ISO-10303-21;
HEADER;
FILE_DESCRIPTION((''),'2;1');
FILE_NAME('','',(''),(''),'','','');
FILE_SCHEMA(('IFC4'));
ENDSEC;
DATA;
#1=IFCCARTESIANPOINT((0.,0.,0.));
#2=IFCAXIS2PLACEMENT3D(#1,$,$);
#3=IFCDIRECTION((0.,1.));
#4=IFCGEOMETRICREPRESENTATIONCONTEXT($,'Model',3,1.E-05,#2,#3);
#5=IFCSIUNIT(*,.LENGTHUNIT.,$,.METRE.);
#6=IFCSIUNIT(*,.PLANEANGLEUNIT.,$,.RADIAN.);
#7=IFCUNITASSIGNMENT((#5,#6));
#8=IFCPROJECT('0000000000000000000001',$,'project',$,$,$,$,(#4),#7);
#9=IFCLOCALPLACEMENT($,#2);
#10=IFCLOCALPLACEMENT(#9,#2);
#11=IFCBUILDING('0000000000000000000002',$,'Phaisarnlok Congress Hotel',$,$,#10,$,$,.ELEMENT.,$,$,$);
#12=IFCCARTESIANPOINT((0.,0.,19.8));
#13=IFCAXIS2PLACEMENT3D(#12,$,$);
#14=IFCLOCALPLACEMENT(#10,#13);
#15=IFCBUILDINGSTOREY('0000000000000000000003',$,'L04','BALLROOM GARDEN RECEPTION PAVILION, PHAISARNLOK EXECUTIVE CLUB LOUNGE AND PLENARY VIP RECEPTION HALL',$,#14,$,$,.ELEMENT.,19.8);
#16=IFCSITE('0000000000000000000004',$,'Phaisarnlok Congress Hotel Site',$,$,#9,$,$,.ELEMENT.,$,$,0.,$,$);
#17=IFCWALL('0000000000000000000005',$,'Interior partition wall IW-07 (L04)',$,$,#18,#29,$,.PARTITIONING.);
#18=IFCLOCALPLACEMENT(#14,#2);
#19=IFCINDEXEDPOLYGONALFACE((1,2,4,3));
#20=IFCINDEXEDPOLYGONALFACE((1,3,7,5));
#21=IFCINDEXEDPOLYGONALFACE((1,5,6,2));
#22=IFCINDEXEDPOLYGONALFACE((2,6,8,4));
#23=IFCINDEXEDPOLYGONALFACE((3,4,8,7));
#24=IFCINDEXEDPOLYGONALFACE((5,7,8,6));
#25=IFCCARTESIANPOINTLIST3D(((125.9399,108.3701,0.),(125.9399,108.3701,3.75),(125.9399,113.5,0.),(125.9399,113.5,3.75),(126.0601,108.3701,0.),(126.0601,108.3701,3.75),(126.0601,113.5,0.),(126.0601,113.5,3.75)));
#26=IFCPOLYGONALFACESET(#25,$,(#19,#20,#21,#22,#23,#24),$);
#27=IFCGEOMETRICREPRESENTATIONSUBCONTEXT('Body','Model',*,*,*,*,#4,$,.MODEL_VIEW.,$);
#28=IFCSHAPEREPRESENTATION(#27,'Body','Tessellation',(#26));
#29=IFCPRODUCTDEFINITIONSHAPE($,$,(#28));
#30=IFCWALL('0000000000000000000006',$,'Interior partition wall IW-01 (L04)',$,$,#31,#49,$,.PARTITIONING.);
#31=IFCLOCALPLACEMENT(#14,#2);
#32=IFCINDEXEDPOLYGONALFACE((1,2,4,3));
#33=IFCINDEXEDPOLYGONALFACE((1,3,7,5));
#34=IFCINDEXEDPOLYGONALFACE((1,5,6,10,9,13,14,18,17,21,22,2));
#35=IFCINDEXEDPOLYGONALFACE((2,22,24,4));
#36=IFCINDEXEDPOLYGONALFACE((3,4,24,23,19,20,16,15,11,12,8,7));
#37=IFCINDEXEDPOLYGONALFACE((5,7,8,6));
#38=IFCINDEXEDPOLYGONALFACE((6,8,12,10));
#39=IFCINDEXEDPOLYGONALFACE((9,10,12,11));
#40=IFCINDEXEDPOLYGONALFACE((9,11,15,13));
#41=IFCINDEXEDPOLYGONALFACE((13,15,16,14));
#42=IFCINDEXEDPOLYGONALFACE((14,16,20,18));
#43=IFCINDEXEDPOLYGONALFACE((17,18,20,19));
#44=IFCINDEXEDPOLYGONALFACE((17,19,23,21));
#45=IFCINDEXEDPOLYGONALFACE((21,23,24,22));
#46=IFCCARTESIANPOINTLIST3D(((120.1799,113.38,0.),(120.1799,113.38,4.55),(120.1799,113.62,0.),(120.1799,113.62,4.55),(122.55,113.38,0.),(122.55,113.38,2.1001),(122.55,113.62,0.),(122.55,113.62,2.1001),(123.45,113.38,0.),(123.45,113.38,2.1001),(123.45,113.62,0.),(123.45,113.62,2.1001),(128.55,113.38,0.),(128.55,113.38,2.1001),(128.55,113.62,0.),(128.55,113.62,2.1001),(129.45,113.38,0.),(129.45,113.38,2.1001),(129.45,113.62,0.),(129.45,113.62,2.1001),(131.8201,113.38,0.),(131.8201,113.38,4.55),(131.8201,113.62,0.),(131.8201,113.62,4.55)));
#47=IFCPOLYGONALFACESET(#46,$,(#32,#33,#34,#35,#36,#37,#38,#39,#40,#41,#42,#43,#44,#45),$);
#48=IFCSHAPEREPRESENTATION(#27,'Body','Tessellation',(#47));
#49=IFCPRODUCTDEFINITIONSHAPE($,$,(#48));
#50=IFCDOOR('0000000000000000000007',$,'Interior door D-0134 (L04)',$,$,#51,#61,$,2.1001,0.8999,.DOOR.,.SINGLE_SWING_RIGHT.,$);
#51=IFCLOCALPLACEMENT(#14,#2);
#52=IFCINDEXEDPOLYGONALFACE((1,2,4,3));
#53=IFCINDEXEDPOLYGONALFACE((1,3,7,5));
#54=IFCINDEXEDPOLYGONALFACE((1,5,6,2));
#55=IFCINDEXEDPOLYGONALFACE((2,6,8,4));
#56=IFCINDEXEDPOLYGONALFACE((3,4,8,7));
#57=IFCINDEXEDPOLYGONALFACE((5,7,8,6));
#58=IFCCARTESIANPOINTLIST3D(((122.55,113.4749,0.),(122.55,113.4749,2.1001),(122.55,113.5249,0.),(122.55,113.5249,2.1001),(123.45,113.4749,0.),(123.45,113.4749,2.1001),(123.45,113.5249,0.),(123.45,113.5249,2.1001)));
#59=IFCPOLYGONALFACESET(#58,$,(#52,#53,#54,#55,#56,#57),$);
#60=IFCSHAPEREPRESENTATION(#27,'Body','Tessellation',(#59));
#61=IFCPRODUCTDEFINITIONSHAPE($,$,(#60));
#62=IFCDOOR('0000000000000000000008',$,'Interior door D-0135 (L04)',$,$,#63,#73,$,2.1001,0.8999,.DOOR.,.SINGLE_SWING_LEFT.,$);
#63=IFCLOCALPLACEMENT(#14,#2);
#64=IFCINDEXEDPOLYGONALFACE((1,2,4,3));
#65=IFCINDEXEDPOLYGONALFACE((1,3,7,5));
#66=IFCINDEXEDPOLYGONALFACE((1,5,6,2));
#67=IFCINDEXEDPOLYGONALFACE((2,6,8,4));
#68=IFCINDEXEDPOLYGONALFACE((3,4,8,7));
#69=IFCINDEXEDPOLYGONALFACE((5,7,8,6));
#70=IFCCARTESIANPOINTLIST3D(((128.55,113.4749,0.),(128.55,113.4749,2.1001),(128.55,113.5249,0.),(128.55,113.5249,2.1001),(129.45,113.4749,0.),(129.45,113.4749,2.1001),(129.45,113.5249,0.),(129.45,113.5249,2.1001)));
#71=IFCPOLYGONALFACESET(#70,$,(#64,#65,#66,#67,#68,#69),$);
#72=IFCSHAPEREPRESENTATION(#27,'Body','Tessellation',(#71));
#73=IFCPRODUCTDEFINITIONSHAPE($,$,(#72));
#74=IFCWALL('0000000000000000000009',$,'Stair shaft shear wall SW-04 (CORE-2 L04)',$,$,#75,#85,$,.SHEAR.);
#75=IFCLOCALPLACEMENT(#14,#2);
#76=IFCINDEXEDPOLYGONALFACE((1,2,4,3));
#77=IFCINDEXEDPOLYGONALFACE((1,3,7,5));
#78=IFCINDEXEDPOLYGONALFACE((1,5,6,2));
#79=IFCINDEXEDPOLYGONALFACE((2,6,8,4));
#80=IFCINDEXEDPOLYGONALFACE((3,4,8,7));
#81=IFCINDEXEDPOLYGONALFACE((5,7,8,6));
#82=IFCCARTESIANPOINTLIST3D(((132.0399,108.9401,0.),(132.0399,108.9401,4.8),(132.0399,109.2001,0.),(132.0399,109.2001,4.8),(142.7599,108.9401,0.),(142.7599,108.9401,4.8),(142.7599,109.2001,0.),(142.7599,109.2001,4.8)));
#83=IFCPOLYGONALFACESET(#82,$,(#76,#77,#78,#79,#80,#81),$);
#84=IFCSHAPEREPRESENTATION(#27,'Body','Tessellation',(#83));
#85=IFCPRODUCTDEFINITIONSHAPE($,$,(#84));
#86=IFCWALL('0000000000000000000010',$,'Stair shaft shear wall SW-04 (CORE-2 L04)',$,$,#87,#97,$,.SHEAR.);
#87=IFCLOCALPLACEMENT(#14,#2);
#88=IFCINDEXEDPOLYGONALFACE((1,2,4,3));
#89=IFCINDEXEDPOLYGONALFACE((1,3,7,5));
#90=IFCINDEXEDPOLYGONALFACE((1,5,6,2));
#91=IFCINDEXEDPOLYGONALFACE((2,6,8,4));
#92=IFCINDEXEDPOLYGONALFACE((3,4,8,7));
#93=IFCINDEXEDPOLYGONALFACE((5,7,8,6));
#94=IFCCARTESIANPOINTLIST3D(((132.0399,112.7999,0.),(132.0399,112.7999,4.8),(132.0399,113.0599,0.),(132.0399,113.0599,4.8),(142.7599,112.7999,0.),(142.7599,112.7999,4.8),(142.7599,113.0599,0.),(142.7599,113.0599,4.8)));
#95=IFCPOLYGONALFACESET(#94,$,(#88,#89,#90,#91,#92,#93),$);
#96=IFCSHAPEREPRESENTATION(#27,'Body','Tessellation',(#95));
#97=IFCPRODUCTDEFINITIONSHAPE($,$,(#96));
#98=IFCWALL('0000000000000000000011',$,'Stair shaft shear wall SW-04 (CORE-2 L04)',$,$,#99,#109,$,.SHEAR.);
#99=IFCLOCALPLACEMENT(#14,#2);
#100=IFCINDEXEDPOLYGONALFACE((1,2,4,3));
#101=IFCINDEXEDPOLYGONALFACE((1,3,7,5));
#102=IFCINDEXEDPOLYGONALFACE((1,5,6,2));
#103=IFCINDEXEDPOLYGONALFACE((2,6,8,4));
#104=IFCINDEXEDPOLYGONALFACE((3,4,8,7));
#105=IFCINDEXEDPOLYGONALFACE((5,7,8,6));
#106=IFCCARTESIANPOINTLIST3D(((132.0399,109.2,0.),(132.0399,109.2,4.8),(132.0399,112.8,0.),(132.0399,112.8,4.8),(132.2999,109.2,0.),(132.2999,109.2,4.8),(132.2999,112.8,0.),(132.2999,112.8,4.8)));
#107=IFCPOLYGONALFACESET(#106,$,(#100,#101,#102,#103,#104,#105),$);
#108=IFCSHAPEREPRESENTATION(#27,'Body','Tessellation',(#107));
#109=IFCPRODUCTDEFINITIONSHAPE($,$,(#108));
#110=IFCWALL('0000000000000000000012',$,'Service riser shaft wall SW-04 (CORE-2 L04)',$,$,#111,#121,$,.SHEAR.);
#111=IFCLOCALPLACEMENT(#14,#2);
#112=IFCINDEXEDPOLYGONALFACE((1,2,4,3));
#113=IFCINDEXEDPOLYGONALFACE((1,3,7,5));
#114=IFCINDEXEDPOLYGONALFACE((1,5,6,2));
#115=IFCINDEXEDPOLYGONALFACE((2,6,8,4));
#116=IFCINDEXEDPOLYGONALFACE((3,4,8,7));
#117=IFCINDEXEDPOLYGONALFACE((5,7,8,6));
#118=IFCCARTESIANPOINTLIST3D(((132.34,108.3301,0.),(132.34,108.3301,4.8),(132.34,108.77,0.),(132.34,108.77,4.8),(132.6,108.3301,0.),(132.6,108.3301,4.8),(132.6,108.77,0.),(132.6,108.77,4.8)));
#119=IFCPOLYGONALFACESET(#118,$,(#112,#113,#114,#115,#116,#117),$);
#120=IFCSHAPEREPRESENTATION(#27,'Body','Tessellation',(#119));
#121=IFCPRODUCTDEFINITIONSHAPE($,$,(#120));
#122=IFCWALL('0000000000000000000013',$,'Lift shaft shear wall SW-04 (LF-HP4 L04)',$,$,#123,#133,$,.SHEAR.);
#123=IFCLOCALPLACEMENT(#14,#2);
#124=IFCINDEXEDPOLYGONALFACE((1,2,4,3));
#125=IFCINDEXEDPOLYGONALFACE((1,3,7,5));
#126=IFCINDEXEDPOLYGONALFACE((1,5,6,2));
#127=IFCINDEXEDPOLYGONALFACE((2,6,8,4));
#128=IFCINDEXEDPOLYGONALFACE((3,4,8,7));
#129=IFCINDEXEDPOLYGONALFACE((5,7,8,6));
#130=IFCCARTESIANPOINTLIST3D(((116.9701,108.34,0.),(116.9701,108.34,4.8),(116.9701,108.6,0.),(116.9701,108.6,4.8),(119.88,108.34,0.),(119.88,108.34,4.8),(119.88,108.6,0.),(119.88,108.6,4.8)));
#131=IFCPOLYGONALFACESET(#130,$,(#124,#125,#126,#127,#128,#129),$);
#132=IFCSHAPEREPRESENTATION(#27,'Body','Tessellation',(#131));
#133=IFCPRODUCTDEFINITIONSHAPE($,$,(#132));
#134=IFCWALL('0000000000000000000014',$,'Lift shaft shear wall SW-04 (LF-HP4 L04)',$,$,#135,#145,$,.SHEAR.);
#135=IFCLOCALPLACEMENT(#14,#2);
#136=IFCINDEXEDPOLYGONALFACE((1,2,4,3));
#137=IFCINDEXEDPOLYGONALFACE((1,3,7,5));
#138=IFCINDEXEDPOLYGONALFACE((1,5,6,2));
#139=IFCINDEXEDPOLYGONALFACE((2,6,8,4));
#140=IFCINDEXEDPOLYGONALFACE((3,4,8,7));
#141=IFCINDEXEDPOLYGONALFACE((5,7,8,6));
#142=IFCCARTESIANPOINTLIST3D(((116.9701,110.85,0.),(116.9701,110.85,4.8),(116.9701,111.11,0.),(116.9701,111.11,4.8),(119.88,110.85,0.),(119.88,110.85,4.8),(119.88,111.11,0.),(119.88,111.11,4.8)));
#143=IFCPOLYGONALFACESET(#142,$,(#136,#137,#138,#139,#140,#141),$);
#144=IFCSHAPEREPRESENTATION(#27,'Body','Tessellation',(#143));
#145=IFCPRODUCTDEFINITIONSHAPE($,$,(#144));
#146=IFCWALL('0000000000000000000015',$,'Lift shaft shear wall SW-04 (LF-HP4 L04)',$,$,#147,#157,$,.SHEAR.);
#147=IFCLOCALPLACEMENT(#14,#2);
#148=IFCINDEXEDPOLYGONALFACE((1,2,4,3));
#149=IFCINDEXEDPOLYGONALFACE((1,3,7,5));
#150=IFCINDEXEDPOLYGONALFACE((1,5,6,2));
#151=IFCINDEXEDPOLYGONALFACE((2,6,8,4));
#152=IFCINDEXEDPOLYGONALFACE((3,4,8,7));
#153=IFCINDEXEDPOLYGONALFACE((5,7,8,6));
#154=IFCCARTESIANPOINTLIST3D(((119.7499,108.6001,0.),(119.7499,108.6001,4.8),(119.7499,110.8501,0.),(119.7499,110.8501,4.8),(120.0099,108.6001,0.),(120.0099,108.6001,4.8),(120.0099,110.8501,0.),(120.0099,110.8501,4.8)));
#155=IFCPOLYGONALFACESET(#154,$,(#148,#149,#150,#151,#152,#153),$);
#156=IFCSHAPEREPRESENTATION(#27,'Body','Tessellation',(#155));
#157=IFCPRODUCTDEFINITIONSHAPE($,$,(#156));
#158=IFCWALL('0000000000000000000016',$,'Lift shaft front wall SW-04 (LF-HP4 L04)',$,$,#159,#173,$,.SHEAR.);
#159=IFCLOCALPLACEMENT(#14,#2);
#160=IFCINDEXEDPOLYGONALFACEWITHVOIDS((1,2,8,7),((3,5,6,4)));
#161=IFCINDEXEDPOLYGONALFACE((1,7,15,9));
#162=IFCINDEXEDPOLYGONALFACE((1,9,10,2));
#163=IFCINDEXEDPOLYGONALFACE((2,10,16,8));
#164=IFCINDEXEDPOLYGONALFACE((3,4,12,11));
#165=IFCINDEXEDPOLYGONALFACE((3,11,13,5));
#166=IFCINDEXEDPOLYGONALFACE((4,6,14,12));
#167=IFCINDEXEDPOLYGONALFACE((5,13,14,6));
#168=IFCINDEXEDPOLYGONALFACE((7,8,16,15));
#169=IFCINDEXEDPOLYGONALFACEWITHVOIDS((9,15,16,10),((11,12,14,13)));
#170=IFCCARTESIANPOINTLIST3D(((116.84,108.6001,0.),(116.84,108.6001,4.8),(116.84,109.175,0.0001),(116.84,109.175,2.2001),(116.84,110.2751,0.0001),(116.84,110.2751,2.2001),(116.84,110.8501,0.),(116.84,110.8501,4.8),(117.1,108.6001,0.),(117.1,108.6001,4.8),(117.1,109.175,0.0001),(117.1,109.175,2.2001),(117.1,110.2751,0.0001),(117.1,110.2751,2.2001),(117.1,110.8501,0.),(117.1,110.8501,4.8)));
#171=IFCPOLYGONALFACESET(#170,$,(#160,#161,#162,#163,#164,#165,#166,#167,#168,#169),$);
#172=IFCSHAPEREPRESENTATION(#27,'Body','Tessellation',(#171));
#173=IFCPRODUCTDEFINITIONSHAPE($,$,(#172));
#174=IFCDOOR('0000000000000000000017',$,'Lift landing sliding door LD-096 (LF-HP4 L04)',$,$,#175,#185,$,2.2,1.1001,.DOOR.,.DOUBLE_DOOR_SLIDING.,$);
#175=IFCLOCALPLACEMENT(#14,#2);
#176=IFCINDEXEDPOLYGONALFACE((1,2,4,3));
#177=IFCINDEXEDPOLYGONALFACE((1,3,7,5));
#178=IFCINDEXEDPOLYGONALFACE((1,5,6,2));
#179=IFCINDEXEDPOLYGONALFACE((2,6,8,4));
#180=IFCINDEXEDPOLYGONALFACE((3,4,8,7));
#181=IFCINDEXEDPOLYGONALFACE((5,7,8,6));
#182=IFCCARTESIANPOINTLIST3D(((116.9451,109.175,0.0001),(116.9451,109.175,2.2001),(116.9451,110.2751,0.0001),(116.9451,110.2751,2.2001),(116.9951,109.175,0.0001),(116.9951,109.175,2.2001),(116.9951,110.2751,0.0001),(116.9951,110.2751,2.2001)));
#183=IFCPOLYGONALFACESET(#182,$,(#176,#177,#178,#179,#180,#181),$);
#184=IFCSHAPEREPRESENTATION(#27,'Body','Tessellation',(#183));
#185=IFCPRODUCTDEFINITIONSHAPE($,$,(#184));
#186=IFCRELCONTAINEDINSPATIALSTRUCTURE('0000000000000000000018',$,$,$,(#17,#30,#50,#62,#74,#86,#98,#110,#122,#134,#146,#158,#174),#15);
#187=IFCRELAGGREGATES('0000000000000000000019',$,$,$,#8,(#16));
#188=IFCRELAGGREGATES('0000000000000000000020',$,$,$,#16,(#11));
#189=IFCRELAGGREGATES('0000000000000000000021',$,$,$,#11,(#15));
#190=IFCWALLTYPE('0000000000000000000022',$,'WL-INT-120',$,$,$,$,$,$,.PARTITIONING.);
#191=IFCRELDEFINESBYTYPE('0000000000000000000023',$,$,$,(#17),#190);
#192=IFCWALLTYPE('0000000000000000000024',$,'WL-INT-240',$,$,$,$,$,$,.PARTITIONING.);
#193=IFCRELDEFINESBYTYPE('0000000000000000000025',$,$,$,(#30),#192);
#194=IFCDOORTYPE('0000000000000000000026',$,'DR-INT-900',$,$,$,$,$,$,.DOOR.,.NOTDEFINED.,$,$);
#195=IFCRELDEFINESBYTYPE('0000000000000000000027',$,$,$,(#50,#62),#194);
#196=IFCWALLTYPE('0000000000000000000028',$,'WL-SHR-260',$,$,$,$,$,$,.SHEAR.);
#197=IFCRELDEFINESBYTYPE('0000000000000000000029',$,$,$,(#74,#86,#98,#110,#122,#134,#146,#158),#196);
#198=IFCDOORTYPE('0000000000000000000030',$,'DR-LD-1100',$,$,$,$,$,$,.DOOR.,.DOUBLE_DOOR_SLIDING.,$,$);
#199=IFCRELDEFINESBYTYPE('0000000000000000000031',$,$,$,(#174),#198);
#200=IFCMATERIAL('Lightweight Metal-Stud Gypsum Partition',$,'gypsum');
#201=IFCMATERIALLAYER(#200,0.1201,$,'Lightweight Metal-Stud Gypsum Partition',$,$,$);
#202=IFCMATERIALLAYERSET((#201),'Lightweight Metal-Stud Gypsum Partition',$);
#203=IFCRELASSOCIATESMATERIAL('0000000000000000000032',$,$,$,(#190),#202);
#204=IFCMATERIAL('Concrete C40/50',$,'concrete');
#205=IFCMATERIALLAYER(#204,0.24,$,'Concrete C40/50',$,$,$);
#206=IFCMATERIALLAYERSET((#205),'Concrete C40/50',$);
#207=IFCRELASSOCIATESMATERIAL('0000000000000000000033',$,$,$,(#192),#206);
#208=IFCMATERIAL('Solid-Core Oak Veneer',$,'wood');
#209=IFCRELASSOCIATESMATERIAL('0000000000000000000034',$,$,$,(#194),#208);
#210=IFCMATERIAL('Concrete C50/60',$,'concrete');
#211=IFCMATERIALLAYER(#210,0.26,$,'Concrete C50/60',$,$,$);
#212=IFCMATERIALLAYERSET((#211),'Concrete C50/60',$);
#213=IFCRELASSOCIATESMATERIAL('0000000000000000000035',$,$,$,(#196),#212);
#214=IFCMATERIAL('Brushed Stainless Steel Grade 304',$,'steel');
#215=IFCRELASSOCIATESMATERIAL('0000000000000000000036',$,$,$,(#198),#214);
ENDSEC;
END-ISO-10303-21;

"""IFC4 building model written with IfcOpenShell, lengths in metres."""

from ifc_helpers import new_model, si_unit, direction, frame, frame_2d, origin, place, context, subcontext, project, spatial, rectangle, extrude, material, layer, layer_set, type_object, element, fill, save


model = new_model("IFC4")

# Units and contexts
model_context = context("Model", 3, precision=1e-05, world=origin(), true_north=direction((0.0, 1.0)))
body_context = subcontext(model_context, "Body", "Model", "MODEL_VIEW")
ifc_project = project(units=[si_unit("LENGTHUNIT", "METRE"), si_unit("PLANEANGLEUNIT", "RADIAN")], contexts=[model_context])

# Site, building, storey
site_placement = place(None, origin())
site = spatial("IfcSite", under=ifc_project, at=site_placement, Name="Phaisarnlok Congress Hotel Site", CompositionType="ELEMENT", RefElevation=0.0)
building_placement = place(site_placement, origin())
building = spatial("IfcBuilding", under=site, at=building_placement, Name="Phaisarnlok Congress Hotel", CompositionType="ELEMENT")
storey_placement = place(building_placement, frame((0.0, 0.0, 19.8)))
storey = spatial("IfcBuildingStorey", under=building, at=storey_placement, Name="L04", Description="BALLROOM GARDEN RECEPTION PAVILION, PHAISARNLOK EXECUTIVE CLUB LOUNGE AND PLENARY VIP RECEPTION HALL", CompositionType="ELEMENT", Elevation=19.8)

# Shared definitions
ifc_material_1 = material(Name="Concrete C50/60", Category="concrete")

# Shared definitions
ifc_material_2 = material(Name="Concrete C40/50", Category="concrete")

# Wall
ifc_material_3 = material(Name="Lightweight Metal-Stud Gypsum Partition", Category="gypsum")
ifc_layer_1 = layer(ifc_material_3, 0.1201, Name="Lightweight Metal-Stud Gypsum Partition")
ifc_layer_set_1 = layer_set([ifc_layer_1], Name="Lightweight Metal-Stud Gypsum Partition")
wall_type_1 = type_object("IfcWallType", Name="WL-INT-120", PredefinedType="PARTITIONING", material=ifc_layer_set_1)
wall_1_placement = place(storey_placement, frame((126.0, 108.3701, 0.0), z_axis=(0.0, 0.0, 1.0), x_axis=(0.0, 1.0, 0.0)))
element("IfcWall", 1, at=wall_1_placement, inside=storey, type_object=wall_type_1, Name="Interior partition wall IW-07 (L04)", PredefinedType="PARTITIONING", context=body_context, shape_type="SweptSolid", body=[
    extrude(rectangle(XDim=5.1299, YDim=0.1201, at=frame_2d((2.5649, 0.0))), origin(), (0.0, 0.0, 1.0), 3.75),
])

# Wall, openings, doors
ifc_layer_2 = layer(ifc_material_2, 0.24, Name="Concrete C40/50")
ifc_layer_set_2 = layer_set([ifc_layer_2], Name="Concrete C40/50")
wall_type_2 = type_object("IfcWallType", Name="WL-INT-240", PredefinedType="PARTITIONING", material=ifc_layer_set_2)
wall_2_placement = place(storey_placement, frame((120.1799, 113.5, 0.0), z_axis=(0.0, 0.0, 1.0), x_axis=(1.0, 0.0, 0.0)))
wall_2 = element("IfcWall", 2, at=wall_2_placement, inside=storey, type_object=wall_type_2, Name="Interior partition wall IW-01 (L04)", PredefinedType="PARTITIONING", context=body_context, shape_type="SweptSolid", body=[
    extrude(rectangle(XDim=11.6401, YDim=0.24, at=frame_2d((5.8201, 0.0))), origin(), (0.0, 0.0, 1.0), 4.55),
])
opening_1_placement = place(wall_2_placement, frame((2.3701, 0.0, 0.0)))
opening_1 = element("IfcOpeningElement", 3, at=opening_1_placement, cuts=wall_2, PredefinedType="OPENING", context=body_context, shape_type="SweptSolid", body=[
    extrude(rectangle(XDim=0.8999, YDim=2.1001, at=frame_2d((0.45, 1.05))), frame((0.0, 0.1299, 0.0), z_axis=(0.0, -1.0, 0.0), x_axis=(1.0, 0.0, 0.0)), (0.0, 0.0, 1.0), 0.26),
])
opening_2_placement = place(wall_2_placement, frame((8.3701, 0.0, 0.0)))
opening_2 = element("IfcOpeningElement", 4, at=opening_2_placement, cuts=wall_2, PredefinedType="OPENING", context=body_context, shape_type="SweptSolid", body=[
    extrude(rectangle(XDim=0.8999, YDim=2.1001, at=frame_2d((0.45, 1.05))), frame((0.0, 0.1299, 0.0), z_axis=(0.0, -1.0, 0.0), x_axis=(1.0, 0.0, 0.0)), (0.0, 0.0, 1.0), 0.26),
])
ifc_material_4 = material(Name="Solid-Core Oak Veneer", Category="wood")
door_type_1 = type_object("IfcDoorType", Name="DR-INT-900", OperationType="NOTDEFINED", PredefinedType="DOOR", material=ifc_material_4)
door_1_placement = place(opening_1_placement, origin())
door_1 = element("IfcDoor", 5, at=door_1_placement, inside=storey, type_object=door_type_1, Name="Interior door D-0134 (L04)", OperationType="SINGLE_SWING_RIGHT", OverallHeight=2.1001, OverallWidth=0.8999, PredefinedType="DOOR", context=body_context, shape_type="SweptSolid", body=[
    extrude(rectangle(XDim=0.8999, YDim=2.1001, at=frame_2d((0.45, 1.05))), frame((0.0, 0.0249, 0.0), z_axis=(0.0, -1.0, 0.0), x_axis=(1.0, 0.0, 0.0)), (0.0, 0.0, 1.0), 0.05),
])
fill(opening_1, door_1)
door_2_placement = place(opening_2_placement, origin())
door_2 = element("IfcDoor", 6, at=door_2_placement, inside=storey, type_object=door_type_1, Name="Interior door D-0135 (L04)", OperationType="SINGLE_SWING_LEFT", OverallHeight=2.1001, OverallWidth=0.8999, PredefinedType="DOOR", context=body_context, shape_type="SweptSolid", body=[
    extrude(rectangle(XDim=0.8999, YDim=2.1001, at=frame_2d((0.45, 1.05))), frame((0.0, 0.0249, 0.0), z_axis=(0.0, -1.0, 0.0), x_axis=(1.0, 0.0, 0.0)), (0.0, 0.0, 1.0), 0.05),
])
fill(opening_2, door_2)

# Walls
ifc_layer_3 = layer(ifc_material_1, 0.26, Name="Concrete C50/60")
ifc_layer_set_3 = layer_set([ifc_layer_3], Name="Concrete C50/60")
wall_type_3 = type_object("IfcWallType", Name="WL-SHR-260", PredefinedType="SHEAR", material=ifc_layer_set_3)
for number, where, z_axis, x_axis, name in (
    (7, (132.04, 109.0701, 0.0), (0.0, 0.0, 1.0), (1.0, 0.0, 0.0), "Stair shaft shear wall SW-04 (CORE-2 L04)"),
    (8, (132.04, 112.9299, 0.0), (0.0, 0.0, 1.0), (1.0, 0.0, 0.0), "Stair shaft shear wall SW-04 (CORE-2 L04)"),
):
    element("IfcWall", number, at=place(storey_placement, frame(where, z_axis=z_axis, x_axis=x_axis)), inside=storey, type_object=wall_type_3, Name=name, PredefinedType="SHEAR", context=body_context, shape_type="SweptSolid", body=[
        extrude(rectangle(XDim=10.72, YDim=0.26, at=frame_2d((5.3599, 0.0))), origin(), (0.0, 0.0, 1.0), 4.8),
    ])
wall_3_placement = place(storey_placement, frame((132.1699, 109.2, 0.0), z_axis=(0.0, 0.0, 1.0), x_axis=(0.0, 1.0, 0.0)))
element("IfcWall", 9, at=wall_3_placement, inside=storey, type_object=wall_type_3, Name="Stair shaft shear wall SW-04 (CORE-2 L04)", PredefinedType="SHEAR", context=body_context, shape_type="SweptSolid", body=[
    extrude(rectangle(XDim=3.6001, YDim=0.26, at=frame_2d((1.8, 0.0))), origin(), (0.0, 0.0, 1.0), 4.8),
])
wall_4_placement = place(storey_placement, frame((132.47, 108.3301, 0.0), z_axis=(0.0, 0.0, 1.0), x_axis=(0.0, 1.0, 0.0)))
element("IfcWall", 10, at=wall_4_placement, inside=storey, type_object=wall_type_3, Name="Service riser shaft wall SW-04 (CORE-2 L04)", PredefinedType="SHEAR", context=body_context, shape_type="SweptSolid", body=[
    extrude(rectangle(XDim=0.4399, YDim=0.26, at=frame_2d((0.22, 0.0))), origin(), (0.0, 0.0, 1.0), 4.8),
])

# Walls
for number, where, z_axis, x_axis, name in (
    (11, (116.97, 108.47, 0.0), (0.0, 0.0, 1.0), (1.0, 0.0, 0.0), "Lift shaft shear wall SW-04 (LF-HP4 L04)"),
    (12, (116.97, 110.98, 0.0), (0.0, 0.0, 1.0), (1.0, 0.0, 0.0), "Lift shaft shear wall SW-04 (LF-HP4 L04)"),
):
    element("IfcWall", number, at=place(storey_placement, frame(where, z_axis=z_axis, x_axis=x_axis)), inside=storey, type_object=wall_type_3, Name=name, PredefinedType="SHEAR", context=body_context, shape_type="SweptSolid", body=[
        extrude(rectangle(XDim=2.9099, YDim=0.26, at=frame_2d((1.4551, 0.0))), origin(), (0.0, 0.0, 1.0), 4.8),
    ])
wall_5_placement = place(storey_placement, frame((119.8799, 108.6001, 0.0), z_axis=(0.0, 0.0, 1.0), x_axis=(0.0, 1.0, 0.0)))
element("IfcWall", 13, at=wall_5_placement, inside=storey, type_object=wall_type_3, Name="Lift shaft shear wall SW-04 (LF-HP4 L04)", PredefinedType="SHEAR", context=body_context, shape_type="SweptSolid", body=[
    extrude(rectangle(XDim=2.25, YDim=0.26, at=frame_2d((1.125, 0.0))), origin(), (0.0, 0.0, 1.0), 4.8),
])

# Wall, opening, door
wall_6_placement = place(storey_placement, frame((116.97, 108.6001, 0.0), z_axis=(0.0, 0.0, 1.0), x_axis=(0.0, 1.0, 0.0)))
wall_6 = element("IfcWall", 14, at=wall_6_placement, inside=storey, type_object=wall_type_3, Name="Lift shaft front wall SW-04 (LF-HP4 L04)", PredefinedType="SHEAR", context=body_context, shape_type="SweptSolid", body=[
    extrude(rectangle(XDim=2.25, YDim=0.26, at=frame_2d((1.125, 0.0))), origin(), (0.0, 0.0, 1.0), 4.8),
])
opening_3_placement = place(wall_6_placement, frame((0.575, 0.0, 0.0)))
opening_3 = element("IfcOpeningElement", 15, at=opening_3_placement, cuts=wall_6, PredefinedType="OPENING", context=body_context, shape_type="SweptSolid", body=[
    extrude(rectangle(XDim=1.1001, YDim=2.2, at=frame_2d((0.55, 1.1001))), frame((0.0, 0.1401, 0.0), z_axis=(0.0, -1.0, 0.0), x_axis=(1.0, 0.0, 0.0)), (0.0, 0.0, 1.0), 0.28),
])
ifc_material_5 = material(Name="Brushed Stainless Steel Grade 304", Category="steel")
door_type_2 = type_object("IfcDoorType", Name="DR-LD-1100", OperationType="DOUBLE_DOOR_SLIDING", PredefinedType="DOOR", material=ifc_material_5)
door_3_placement = place(opening_3_placement, origin())
door_3 = element("IfcDoor", 16, at=door_3_placement, inside=storey, type_object=door_type_2, Name="Lift landing sliding door LD-096 (LF-HP4 L04)", OperationType="DOUBLE_DOOR_SLIDING", OverallHeight=2.2, OverallWidth=1.1001, PredefinedType="DOOR", context=body_context, shape_type="SweptSolid", body=[
    extrude(rectangle(XDim=1.1001, YDim=2.2, at=frame_2d((0.55, 1.1001))), frame((0.0, 0.0249, 0.0), z_axis=(0.0, -1.0, 0.0), x_axis=(1.0, 0.0, 0.0)), (0.0, 0.0, 1.0), 0.05),
])
fill(opening_3, door_3)

save(model, "model.ifc")
